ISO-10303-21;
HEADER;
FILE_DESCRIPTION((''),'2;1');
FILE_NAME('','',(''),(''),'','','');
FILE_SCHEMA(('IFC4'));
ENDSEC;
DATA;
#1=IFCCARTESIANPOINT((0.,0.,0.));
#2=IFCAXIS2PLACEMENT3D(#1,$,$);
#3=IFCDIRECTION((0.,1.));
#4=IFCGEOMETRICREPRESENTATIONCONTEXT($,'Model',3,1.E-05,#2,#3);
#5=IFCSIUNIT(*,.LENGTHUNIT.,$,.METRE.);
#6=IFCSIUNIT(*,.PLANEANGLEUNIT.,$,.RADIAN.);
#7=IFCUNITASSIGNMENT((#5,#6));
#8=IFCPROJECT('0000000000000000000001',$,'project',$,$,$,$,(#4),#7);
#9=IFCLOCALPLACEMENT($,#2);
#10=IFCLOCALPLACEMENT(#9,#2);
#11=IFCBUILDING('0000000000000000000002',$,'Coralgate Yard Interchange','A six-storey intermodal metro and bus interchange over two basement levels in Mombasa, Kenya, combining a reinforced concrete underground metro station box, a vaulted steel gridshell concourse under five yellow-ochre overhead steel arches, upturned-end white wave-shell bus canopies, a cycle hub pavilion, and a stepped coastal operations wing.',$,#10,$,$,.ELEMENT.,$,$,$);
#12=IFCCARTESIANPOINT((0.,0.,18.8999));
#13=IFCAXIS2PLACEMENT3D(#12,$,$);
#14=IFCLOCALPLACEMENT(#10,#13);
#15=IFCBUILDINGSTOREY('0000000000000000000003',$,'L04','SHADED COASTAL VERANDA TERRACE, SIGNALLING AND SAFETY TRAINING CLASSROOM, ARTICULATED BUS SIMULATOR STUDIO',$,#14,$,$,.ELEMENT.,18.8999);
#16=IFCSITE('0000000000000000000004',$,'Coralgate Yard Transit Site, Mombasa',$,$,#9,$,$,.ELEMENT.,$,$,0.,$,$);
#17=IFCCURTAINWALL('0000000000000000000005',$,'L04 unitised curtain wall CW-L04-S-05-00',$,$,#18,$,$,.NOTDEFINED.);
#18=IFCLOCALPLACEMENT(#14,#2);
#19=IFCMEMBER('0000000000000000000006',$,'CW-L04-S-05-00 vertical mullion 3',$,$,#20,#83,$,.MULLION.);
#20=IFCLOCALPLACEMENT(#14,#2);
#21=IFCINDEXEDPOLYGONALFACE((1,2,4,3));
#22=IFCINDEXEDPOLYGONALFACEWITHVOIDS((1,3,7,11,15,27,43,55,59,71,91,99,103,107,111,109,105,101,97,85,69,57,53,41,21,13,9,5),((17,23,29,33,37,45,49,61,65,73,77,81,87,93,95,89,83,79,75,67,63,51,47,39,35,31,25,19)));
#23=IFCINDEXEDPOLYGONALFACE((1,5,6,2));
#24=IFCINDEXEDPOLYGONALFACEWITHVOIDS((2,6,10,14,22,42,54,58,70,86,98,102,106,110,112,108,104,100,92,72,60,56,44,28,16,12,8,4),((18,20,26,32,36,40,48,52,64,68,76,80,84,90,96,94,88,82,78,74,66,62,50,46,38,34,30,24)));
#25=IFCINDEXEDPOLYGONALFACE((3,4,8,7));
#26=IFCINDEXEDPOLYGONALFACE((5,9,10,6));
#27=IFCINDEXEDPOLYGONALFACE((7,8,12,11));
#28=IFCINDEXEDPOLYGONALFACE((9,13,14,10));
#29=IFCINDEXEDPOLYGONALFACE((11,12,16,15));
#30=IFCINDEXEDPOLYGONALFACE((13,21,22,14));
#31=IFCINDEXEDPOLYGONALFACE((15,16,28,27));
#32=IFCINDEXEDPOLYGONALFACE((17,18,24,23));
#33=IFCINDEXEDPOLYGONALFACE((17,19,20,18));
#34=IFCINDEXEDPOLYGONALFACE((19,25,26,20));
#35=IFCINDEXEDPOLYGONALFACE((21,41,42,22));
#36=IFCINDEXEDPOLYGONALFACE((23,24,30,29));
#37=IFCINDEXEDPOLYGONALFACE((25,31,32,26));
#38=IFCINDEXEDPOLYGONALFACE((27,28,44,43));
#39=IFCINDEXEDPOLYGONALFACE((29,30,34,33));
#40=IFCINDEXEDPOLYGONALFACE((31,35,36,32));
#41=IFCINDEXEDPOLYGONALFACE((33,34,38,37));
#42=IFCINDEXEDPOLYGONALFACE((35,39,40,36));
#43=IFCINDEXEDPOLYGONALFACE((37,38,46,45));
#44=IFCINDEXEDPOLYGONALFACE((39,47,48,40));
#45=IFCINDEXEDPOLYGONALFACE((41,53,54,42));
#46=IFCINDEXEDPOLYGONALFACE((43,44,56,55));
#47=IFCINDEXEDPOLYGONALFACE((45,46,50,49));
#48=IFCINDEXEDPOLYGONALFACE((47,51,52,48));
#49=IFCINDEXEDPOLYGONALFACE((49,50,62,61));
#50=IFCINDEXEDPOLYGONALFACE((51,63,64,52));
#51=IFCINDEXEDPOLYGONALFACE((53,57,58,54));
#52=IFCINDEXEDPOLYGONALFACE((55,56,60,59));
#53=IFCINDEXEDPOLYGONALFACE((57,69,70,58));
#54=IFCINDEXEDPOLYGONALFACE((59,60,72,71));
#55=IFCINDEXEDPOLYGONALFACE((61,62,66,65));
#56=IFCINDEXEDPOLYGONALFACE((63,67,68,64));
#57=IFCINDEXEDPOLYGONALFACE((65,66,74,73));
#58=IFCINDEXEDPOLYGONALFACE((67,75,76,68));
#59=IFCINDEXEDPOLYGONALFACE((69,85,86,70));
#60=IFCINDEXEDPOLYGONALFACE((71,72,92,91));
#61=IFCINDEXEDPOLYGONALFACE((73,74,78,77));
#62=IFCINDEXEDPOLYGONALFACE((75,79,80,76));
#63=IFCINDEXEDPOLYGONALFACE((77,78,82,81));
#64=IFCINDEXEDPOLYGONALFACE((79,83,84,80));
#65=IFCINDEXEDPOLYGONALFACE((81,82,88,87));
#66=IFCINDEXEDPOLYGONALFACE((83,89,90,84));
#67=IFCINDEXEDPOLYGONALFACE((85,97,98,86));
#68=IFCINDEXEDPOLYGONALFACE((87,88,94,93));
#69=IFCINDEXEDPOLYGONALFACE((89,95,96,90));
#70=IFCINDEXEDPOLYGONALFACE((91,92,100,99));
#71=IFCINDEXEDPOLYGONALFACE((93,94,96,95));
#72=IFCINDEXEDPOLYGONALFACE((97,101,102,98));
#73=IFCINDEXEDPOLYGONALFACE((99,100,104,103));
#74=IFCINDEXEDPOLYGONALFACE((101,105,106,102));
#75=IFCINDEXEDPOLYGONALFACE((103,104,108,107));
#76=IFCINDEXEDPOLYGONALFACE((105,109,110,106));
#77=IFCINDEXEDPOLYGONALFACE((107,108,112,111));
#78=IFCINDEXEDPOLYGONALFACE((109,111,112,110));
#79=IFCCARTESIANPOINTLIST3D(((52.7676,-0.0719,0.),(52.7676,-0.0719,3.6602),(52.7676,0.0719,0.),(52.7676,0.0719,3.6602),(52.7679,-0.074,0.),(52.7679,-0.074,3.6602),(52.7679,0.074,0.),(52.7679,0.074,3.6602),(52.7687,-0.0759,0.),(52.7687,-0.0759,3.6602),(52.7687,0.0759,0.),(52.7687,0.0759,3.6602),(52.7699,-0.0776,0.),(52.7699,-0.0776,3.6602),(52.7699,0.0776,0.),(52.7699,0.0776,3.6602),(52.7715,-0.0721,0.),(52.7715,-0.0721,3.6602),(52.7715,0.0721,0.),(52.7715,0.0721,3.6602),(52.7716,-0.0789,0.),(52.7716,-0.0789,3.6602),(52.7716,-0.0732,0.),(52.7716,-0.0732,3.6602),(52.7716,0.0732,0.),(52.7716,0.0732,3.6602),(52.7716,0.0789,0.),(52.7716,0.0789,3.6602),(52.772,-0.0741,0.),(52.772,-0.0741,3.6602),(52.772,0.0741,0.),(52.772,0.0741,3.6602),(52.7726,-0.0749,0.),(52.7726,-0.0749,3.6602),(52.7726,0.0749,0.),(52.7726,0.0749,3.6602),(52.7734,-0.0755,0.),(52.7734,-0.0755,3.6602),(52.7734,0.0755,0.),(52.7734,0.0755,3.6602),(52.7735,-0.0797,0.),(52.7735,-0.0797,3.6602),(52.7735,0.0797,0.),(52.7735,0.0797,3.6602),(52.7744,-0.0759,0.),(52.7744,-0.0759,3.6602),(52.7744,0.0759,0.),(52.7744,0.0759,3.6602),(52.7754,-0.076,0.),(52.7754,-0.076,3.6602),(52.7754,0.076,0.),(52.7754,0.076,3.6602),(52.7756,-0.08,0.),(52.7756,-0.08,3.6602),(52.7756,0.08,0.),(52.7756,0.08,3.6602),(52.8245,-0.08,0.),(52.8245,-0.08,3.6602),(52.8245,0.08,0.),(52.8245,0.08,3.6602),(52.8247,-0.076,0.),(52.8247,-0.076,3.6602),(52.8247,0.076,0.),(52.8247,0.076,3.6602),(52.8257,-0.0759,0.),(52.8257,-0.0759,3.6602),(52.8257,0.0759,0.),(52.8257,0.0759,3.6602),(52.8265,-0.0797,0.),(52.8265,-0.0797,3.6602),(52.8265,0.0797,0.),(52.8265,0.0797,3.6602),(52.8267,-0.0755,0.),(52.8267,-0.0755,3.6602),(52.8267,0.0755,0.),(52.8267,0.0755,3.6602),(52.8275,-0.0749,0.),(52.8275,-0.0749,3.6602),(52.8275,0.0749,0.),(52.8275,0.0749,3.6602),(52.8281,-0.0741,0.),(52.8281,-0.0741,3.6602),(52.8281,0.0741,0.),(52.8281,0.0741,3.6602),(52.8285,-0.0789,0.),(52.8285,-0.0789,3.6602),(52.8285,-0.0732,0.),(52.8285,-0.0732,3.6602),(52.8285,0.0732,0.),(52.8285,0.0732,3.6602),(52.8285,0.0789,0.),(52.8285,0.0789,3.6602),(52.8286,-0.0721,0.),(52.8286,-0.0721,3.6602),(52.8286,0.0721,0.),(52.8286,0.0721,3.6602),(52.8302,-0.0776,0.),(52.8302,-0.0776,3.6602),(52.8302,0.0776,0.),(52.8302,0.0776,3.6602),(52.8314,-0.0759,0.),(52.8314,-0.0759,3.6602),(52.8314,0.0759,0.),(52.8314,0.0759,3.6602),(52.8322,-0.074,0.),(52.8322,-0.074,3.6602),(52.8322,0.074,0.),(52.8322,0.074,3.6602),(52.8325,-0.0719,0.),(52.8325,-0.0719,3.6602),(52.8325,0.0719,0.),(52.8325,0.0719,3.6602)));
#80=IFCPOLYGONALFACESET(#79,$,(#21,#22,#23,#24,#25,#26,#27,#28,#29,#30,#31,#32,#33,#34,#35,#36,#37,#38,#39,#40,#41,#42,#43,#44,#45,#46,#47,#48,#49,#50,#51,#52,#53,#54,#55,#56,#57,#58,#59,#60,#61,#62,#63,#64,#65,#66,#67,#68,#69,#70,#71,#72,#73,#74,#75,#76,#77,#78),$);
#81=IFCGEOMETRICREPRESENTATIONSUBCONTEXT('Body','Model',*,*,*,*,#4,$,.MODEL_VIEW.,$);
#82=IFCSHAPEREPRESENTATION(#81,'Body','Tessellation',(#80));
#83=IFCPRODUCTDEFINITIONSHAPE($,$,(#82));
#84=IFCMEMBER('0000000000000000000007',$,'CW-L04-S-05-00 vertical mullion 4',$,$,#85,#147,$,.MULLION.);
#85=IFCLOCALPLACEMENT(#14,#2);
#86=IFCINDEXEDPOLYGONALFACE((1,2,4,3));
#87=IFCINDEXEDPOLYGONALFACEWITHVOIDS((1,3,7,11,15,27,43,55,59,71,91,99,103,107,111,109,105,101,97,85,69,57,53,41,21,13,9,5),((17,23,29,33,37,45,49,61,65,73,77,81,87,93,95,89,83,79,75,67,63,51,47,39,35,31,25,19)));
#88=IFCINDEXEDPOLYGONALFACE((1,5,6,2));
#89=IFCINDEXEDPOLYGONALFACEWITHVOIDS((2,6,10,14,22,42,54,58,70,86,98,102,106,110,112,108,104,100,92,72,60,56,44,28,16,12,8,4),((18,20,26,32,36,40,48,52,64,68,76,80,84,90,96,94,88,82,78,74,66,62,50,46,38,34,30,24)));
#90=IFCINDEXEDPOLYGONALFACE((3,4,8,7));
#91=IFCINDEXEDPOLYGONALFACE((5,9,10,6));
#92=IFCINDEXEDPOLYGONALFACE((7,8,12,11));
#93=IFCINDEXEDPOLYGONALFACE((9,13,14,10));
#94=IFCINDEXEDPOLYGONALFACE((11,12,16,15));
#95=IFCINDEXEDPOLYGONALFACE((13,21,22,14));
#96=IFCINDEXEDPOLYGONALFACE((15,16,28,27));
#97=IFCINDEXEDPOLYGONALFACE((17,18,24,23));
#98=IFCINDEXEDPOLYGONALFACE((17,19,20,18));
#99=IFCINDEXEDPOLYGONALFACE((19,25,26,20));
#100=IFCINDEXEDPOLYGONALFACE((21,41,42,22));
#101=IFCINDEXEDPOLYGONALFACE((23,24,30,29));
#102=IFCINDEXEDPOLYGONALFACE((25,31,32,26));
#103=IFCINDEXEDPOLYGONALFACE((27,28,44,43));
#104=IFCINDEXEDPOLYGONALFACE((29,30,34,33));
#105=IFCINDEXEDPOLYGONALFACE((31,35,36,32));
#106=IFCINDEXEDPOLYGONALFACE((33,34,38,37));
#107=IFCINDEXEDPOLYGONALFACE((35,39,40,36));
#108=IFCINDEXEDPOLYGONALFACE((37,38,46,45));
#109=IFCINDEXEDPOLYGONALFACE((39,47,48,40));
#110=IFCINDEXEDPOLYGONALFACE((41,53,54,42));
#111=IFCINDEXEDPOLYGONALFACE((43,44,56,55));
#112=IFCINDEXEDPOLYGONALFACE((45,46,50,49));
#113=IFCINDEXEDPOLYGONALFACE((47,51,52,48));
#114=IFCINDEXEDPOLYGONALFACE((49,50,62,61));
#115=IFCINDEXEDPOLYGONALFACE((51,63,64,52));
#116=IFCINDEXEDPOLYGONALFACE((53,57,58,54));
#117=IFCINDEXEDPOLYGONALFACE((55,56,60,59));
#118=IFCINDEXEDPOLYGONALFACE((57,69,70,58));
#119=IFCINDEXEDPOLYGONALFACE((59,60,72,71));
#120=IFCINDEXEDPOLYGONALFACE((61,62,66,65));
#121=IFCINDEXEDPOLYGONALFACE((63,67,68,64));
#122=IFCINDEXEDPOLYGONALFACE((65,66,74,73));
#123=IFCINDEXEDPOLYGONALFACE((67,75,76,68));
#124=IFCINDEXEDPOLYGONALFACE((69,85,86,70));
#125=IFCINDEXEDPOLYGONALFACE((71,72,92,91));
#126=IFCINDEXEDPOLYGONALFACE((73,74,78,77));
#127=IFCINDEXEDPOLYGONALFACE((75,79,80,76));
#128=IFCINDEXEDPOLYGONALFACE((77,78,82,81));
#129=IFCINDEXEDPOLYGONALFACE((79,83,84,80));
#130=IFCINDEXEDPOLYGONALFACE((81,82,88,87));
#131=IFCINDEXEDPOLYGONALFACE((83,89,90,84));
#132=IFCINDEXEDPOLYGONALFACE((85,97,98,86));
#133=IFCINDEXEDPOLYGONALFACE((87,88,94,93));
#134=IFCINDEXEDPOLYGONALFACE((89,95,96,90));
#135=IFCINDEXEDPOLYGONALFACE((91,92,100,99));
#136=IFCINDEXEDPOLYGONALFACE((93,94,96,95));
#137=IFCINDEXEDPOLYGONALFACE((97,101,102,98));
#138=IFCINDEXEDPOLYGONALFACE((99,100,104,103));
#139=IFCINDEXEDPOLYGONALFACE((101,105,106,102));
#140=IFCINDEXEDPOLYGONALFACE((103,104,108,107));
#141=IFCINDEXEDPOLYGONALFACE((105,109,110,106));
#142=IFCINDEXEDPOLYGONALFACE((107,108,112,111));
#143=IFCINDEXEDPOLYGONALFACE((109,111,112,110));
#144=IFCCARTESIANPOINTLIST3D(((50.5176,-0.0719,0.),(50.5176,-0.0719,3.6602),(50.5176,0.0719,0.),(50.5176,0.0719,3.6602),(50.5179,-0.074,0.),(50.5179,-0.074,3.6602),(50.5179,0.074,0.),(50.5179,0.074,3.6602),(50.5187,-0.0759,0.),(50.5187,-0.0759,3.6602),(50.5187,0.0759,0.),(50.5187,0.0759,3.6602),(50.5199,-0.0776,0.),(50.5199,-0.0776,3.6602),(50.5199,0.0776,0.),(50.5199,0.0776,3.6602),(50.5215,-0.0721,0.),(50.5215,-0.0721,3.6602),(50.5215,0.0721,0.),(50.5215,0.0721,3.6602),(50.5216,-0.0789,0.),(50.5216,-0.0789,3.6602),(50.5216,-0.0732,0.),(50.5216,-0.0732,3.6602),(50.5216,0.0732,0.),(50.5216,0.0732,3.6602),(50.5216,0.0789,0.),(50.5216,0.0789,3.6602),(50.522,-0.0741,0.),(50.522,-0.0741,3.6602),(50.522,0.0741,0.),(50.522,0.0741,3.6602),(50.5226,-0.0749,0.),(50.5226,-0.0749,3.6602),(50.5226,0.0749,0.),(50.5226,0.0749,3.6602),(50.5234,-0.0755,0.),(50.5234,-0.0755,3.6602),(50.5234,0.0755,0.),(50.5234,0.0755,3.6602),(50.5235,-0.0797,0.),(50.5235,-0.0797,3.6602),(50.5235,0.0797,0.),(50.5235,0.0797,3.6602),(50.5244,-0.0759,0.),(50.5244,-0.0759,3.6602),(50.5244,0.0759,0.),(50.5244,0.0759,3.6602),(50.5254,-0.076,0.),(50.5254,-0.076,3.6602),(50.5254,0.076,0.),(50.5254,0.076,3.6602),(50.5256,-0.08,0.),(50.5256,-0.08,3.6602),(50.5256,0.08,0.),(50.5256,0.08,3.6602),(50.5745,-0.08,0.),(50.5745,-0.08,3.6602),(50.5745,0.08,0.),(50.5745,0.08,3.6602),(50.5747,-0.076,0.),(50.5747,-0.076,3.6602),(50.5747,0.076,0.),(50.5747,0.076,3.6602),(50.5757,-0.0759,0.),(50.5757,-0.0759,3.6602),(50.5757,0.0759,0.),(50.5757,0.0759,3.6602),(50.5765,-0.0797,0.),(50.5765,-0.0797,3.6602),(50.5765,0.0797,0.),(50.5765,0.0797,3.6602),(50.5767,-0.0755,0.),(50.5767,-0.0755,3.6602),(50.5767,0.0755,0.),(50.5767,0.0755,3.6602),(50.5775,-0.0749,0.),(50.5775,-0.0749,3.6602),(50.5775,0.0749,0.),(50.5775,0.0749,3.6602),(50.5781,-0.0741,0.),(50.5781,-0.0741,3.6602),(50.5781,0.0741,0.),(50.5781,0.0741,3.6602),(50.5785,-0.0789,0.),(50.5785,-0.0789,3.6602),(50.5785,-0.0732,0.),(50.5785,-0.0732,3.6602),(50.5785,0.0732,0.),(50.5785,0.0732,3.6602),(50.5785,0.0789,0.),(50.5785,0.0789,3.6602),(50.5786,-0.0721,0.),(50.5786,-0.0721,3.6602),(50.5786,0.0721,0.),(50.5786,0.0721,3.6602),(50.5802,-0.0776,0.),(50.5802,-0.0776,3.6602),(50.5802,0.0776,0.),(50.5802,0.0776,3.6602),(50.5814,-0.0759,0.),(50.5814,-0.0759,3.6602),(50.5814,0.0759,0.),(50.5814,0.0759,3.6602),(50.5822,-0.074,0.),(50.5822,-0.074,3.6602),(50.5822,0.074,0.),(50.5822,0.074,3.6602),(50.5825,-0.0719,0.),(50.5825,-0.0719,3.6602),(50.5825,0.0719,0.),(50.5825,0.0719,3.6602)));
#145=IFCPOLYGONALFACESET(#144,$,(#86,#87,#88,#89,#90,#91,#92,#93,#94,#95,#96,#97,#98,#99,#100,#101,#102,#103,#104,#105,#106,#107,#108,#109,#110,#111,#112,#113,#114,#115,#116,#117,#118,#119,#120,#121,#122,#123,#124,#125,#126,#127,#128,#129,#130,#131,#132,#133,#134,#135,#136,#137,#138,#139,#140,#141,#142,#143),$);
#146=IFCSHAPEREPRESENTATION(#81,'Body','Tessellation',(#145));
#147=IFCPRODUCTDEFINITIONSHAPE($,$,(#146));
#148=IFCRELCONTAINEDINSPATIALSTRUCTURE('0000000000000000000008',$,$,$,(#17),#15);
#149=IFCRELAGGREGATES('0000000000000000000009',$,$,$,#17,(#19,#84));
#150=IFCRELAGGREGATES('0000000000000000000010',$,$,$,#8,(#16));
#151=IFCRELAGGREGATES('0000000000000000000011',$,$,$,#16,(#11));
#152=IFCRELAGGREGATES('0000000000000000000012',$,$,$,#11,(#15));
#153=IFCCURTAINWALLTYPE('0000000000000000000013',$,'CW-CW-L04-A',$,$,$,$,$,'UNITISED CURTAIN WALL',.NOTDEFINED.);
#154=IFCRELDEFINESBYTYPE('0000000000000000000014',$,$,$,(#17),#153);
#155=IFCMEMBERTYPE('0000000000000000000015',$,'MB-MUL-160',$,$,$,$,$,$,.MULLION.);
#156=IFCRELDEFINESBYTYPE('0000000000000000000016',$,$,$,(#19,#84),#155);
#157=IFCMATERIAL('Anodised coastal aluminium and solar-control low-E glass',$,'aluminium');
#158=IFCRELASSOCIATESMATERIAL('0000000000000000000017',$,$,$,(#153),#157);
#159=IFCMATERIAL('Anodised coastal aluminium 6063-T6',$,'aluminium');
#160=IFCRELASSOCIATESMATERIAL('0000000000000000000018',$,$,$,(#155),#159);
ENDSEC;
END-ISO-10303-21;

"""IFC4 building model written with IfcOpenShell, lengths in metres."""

from ifc_helpers import new_model, si_unit, direction, frame, origin, origin_2d, place, context, subcontext, project, spatial, hollow_rectangle, extrude, material, material_profile, profile_set, type_object, element, aggregate, save


model = new_model("IFC4")

# Units and contexts
model_context = context("Model", 3, precision=1e-05, world=origin(), true_north=direction((0.0, 1.0)))
body_context = subcontext(model_context, "Body", "Model", "MODEL_VIEW")
ifc_project = project(units=[si_unit("LENGTHUNIT", "METRE"), si_unit("PLANEANGLEUNIT", "RADIAN")], contexts=[model_context])

# Site, building, storey
site_placement = place(None, origin())
site = spatial("IfcSite", under=ifc_project, at=site_placement, Name="Coralgate Yard Transit Site, Mombasa", CompositionType="ELEMENT", RefElevation=0.0)
building_placement = place(site_placement, origin())
building = spatial("IfcBuilding", under=site, at=building_placement, Name="Coralgate Yard Interchange", Description="A six-storey intermodal metro and bus interchange over two basement levels in Mombasa, Kenya, combining a reinforced concrete underground metro station box, a vaulted steel gridshell concourse under five yellow-ochre overhead steel arches, upturned-end white wave-shell bus canopies, a cycle hub pavilion, and a stepped coastal operations wing.", CompositionType="ELEMENT")
storey_placement = place(building_placement, frame((0.0, 0.0, 18.8999)))
storey = spatial("IfcBuildingStorey", under=building, at=storey_placement, Name="L04", Description="SHADED COASTAL VERANDA TERRACE, SIGNALLING AND SAFETY TRAINING CLASSROOM, ARTICULATED BUS SIMULATOR STUDIO", CompositionType="ELEMENT", Elevation=18.8999)

# Curtain wall, members
ifc_material_1 = material(Name="Anodised coastal aluminium and solar-control low-E glass", Category="aluminium")
curtain_wall_type = type_object("IfcCurtainWallType", Name="CW-CW-L04-A", ElementType="UNITISED CURTAIN WALL", PredefinedType="NOTDEFINED", material=ifc_material_1)
curtain_wall_1_placement = place(storey_placement, origin())
curtain_wall_1 = element("IfcCurtainWall", 1, at=curtain_wall_1_placement, inside=storey, type_object=curtain_wall_type, Name="L04 unitised curtain wall CW-L04-S-05-00", PredefinedType="NOTDEFINED")
ifc_material_2 = material(Name="Anodised coastal aluminium 6063-T6", Category="aluminium")
ifc_material_profile_1 = material_profile(ifc_material_2, hollow_rectangle(XDim=0.0649, YDim=0.1599, WallThickness=0.0039, InnerFilletRadius=0.0039, OuterFilletRadius=0.0081, at=origin_2d()), Name="ALU 65x160x4")
ifc_profile_set_1 = profile_set([ifc_material_profile_1], Name="Anodised coastal aluminium 6063-T6")
member_type_1 = type_object("IfcMemberType", Name="MB-MUL-160", PredefinedType="MULLION", material=ifc_profile_set_1)
member_1_placement = place(storey_placement, frame((52.8, 0.0, 0.0), z_axis=(0.0, 0.0, 1.0), x_axis=(1.0, 0.0, 0.0)))
member_1 = element("IfcMember", 2, at=member_1_placement, type_object=member_type_1, Name="CW-L04-S-05-00 vertical mullion 3", PredefinedType="MULLION", context=body_context, shape_type="SweptSolid", body=[
    extrude(hollow_rectangle(XDim=0.0649, YDim=0.1599, WallThickness=0.0039, InnerFilletRadius=0.0039, OuterFilletRadius=0.0081, at=origin_2d()), origin(), (0.0, 0.0, 1.0), 3.6602),
])
member_2_placement = place(storey_placement, frame((50.55, 0.0, 0.0), z_axis=(0.0, 0.0, 1.0), x_axis=(1.0, 0.0, 0.0)))
member_2 = element("IfcMember", 3, at=member_2_placement, type_object=member_type_1, Name="CW-L04-S-05-00 vertical mullion 4", PredefinedType="MULLION", context=body_context, shape_type="SweptSolid", body=[
    extrude(hollow_rectangle(XDim=0.0649, YDim=0.1599, WallThickness=0.0039, InnerFilletRadius=0.0039, OuterFilletRadius=0.0081, at=origin_2d()), origin(), (0.0, 0.0, 1.0), 3.6602),
])

aggregate(curtain_wall_1, [member_1, member_2])

save(model, "model.ifc")
